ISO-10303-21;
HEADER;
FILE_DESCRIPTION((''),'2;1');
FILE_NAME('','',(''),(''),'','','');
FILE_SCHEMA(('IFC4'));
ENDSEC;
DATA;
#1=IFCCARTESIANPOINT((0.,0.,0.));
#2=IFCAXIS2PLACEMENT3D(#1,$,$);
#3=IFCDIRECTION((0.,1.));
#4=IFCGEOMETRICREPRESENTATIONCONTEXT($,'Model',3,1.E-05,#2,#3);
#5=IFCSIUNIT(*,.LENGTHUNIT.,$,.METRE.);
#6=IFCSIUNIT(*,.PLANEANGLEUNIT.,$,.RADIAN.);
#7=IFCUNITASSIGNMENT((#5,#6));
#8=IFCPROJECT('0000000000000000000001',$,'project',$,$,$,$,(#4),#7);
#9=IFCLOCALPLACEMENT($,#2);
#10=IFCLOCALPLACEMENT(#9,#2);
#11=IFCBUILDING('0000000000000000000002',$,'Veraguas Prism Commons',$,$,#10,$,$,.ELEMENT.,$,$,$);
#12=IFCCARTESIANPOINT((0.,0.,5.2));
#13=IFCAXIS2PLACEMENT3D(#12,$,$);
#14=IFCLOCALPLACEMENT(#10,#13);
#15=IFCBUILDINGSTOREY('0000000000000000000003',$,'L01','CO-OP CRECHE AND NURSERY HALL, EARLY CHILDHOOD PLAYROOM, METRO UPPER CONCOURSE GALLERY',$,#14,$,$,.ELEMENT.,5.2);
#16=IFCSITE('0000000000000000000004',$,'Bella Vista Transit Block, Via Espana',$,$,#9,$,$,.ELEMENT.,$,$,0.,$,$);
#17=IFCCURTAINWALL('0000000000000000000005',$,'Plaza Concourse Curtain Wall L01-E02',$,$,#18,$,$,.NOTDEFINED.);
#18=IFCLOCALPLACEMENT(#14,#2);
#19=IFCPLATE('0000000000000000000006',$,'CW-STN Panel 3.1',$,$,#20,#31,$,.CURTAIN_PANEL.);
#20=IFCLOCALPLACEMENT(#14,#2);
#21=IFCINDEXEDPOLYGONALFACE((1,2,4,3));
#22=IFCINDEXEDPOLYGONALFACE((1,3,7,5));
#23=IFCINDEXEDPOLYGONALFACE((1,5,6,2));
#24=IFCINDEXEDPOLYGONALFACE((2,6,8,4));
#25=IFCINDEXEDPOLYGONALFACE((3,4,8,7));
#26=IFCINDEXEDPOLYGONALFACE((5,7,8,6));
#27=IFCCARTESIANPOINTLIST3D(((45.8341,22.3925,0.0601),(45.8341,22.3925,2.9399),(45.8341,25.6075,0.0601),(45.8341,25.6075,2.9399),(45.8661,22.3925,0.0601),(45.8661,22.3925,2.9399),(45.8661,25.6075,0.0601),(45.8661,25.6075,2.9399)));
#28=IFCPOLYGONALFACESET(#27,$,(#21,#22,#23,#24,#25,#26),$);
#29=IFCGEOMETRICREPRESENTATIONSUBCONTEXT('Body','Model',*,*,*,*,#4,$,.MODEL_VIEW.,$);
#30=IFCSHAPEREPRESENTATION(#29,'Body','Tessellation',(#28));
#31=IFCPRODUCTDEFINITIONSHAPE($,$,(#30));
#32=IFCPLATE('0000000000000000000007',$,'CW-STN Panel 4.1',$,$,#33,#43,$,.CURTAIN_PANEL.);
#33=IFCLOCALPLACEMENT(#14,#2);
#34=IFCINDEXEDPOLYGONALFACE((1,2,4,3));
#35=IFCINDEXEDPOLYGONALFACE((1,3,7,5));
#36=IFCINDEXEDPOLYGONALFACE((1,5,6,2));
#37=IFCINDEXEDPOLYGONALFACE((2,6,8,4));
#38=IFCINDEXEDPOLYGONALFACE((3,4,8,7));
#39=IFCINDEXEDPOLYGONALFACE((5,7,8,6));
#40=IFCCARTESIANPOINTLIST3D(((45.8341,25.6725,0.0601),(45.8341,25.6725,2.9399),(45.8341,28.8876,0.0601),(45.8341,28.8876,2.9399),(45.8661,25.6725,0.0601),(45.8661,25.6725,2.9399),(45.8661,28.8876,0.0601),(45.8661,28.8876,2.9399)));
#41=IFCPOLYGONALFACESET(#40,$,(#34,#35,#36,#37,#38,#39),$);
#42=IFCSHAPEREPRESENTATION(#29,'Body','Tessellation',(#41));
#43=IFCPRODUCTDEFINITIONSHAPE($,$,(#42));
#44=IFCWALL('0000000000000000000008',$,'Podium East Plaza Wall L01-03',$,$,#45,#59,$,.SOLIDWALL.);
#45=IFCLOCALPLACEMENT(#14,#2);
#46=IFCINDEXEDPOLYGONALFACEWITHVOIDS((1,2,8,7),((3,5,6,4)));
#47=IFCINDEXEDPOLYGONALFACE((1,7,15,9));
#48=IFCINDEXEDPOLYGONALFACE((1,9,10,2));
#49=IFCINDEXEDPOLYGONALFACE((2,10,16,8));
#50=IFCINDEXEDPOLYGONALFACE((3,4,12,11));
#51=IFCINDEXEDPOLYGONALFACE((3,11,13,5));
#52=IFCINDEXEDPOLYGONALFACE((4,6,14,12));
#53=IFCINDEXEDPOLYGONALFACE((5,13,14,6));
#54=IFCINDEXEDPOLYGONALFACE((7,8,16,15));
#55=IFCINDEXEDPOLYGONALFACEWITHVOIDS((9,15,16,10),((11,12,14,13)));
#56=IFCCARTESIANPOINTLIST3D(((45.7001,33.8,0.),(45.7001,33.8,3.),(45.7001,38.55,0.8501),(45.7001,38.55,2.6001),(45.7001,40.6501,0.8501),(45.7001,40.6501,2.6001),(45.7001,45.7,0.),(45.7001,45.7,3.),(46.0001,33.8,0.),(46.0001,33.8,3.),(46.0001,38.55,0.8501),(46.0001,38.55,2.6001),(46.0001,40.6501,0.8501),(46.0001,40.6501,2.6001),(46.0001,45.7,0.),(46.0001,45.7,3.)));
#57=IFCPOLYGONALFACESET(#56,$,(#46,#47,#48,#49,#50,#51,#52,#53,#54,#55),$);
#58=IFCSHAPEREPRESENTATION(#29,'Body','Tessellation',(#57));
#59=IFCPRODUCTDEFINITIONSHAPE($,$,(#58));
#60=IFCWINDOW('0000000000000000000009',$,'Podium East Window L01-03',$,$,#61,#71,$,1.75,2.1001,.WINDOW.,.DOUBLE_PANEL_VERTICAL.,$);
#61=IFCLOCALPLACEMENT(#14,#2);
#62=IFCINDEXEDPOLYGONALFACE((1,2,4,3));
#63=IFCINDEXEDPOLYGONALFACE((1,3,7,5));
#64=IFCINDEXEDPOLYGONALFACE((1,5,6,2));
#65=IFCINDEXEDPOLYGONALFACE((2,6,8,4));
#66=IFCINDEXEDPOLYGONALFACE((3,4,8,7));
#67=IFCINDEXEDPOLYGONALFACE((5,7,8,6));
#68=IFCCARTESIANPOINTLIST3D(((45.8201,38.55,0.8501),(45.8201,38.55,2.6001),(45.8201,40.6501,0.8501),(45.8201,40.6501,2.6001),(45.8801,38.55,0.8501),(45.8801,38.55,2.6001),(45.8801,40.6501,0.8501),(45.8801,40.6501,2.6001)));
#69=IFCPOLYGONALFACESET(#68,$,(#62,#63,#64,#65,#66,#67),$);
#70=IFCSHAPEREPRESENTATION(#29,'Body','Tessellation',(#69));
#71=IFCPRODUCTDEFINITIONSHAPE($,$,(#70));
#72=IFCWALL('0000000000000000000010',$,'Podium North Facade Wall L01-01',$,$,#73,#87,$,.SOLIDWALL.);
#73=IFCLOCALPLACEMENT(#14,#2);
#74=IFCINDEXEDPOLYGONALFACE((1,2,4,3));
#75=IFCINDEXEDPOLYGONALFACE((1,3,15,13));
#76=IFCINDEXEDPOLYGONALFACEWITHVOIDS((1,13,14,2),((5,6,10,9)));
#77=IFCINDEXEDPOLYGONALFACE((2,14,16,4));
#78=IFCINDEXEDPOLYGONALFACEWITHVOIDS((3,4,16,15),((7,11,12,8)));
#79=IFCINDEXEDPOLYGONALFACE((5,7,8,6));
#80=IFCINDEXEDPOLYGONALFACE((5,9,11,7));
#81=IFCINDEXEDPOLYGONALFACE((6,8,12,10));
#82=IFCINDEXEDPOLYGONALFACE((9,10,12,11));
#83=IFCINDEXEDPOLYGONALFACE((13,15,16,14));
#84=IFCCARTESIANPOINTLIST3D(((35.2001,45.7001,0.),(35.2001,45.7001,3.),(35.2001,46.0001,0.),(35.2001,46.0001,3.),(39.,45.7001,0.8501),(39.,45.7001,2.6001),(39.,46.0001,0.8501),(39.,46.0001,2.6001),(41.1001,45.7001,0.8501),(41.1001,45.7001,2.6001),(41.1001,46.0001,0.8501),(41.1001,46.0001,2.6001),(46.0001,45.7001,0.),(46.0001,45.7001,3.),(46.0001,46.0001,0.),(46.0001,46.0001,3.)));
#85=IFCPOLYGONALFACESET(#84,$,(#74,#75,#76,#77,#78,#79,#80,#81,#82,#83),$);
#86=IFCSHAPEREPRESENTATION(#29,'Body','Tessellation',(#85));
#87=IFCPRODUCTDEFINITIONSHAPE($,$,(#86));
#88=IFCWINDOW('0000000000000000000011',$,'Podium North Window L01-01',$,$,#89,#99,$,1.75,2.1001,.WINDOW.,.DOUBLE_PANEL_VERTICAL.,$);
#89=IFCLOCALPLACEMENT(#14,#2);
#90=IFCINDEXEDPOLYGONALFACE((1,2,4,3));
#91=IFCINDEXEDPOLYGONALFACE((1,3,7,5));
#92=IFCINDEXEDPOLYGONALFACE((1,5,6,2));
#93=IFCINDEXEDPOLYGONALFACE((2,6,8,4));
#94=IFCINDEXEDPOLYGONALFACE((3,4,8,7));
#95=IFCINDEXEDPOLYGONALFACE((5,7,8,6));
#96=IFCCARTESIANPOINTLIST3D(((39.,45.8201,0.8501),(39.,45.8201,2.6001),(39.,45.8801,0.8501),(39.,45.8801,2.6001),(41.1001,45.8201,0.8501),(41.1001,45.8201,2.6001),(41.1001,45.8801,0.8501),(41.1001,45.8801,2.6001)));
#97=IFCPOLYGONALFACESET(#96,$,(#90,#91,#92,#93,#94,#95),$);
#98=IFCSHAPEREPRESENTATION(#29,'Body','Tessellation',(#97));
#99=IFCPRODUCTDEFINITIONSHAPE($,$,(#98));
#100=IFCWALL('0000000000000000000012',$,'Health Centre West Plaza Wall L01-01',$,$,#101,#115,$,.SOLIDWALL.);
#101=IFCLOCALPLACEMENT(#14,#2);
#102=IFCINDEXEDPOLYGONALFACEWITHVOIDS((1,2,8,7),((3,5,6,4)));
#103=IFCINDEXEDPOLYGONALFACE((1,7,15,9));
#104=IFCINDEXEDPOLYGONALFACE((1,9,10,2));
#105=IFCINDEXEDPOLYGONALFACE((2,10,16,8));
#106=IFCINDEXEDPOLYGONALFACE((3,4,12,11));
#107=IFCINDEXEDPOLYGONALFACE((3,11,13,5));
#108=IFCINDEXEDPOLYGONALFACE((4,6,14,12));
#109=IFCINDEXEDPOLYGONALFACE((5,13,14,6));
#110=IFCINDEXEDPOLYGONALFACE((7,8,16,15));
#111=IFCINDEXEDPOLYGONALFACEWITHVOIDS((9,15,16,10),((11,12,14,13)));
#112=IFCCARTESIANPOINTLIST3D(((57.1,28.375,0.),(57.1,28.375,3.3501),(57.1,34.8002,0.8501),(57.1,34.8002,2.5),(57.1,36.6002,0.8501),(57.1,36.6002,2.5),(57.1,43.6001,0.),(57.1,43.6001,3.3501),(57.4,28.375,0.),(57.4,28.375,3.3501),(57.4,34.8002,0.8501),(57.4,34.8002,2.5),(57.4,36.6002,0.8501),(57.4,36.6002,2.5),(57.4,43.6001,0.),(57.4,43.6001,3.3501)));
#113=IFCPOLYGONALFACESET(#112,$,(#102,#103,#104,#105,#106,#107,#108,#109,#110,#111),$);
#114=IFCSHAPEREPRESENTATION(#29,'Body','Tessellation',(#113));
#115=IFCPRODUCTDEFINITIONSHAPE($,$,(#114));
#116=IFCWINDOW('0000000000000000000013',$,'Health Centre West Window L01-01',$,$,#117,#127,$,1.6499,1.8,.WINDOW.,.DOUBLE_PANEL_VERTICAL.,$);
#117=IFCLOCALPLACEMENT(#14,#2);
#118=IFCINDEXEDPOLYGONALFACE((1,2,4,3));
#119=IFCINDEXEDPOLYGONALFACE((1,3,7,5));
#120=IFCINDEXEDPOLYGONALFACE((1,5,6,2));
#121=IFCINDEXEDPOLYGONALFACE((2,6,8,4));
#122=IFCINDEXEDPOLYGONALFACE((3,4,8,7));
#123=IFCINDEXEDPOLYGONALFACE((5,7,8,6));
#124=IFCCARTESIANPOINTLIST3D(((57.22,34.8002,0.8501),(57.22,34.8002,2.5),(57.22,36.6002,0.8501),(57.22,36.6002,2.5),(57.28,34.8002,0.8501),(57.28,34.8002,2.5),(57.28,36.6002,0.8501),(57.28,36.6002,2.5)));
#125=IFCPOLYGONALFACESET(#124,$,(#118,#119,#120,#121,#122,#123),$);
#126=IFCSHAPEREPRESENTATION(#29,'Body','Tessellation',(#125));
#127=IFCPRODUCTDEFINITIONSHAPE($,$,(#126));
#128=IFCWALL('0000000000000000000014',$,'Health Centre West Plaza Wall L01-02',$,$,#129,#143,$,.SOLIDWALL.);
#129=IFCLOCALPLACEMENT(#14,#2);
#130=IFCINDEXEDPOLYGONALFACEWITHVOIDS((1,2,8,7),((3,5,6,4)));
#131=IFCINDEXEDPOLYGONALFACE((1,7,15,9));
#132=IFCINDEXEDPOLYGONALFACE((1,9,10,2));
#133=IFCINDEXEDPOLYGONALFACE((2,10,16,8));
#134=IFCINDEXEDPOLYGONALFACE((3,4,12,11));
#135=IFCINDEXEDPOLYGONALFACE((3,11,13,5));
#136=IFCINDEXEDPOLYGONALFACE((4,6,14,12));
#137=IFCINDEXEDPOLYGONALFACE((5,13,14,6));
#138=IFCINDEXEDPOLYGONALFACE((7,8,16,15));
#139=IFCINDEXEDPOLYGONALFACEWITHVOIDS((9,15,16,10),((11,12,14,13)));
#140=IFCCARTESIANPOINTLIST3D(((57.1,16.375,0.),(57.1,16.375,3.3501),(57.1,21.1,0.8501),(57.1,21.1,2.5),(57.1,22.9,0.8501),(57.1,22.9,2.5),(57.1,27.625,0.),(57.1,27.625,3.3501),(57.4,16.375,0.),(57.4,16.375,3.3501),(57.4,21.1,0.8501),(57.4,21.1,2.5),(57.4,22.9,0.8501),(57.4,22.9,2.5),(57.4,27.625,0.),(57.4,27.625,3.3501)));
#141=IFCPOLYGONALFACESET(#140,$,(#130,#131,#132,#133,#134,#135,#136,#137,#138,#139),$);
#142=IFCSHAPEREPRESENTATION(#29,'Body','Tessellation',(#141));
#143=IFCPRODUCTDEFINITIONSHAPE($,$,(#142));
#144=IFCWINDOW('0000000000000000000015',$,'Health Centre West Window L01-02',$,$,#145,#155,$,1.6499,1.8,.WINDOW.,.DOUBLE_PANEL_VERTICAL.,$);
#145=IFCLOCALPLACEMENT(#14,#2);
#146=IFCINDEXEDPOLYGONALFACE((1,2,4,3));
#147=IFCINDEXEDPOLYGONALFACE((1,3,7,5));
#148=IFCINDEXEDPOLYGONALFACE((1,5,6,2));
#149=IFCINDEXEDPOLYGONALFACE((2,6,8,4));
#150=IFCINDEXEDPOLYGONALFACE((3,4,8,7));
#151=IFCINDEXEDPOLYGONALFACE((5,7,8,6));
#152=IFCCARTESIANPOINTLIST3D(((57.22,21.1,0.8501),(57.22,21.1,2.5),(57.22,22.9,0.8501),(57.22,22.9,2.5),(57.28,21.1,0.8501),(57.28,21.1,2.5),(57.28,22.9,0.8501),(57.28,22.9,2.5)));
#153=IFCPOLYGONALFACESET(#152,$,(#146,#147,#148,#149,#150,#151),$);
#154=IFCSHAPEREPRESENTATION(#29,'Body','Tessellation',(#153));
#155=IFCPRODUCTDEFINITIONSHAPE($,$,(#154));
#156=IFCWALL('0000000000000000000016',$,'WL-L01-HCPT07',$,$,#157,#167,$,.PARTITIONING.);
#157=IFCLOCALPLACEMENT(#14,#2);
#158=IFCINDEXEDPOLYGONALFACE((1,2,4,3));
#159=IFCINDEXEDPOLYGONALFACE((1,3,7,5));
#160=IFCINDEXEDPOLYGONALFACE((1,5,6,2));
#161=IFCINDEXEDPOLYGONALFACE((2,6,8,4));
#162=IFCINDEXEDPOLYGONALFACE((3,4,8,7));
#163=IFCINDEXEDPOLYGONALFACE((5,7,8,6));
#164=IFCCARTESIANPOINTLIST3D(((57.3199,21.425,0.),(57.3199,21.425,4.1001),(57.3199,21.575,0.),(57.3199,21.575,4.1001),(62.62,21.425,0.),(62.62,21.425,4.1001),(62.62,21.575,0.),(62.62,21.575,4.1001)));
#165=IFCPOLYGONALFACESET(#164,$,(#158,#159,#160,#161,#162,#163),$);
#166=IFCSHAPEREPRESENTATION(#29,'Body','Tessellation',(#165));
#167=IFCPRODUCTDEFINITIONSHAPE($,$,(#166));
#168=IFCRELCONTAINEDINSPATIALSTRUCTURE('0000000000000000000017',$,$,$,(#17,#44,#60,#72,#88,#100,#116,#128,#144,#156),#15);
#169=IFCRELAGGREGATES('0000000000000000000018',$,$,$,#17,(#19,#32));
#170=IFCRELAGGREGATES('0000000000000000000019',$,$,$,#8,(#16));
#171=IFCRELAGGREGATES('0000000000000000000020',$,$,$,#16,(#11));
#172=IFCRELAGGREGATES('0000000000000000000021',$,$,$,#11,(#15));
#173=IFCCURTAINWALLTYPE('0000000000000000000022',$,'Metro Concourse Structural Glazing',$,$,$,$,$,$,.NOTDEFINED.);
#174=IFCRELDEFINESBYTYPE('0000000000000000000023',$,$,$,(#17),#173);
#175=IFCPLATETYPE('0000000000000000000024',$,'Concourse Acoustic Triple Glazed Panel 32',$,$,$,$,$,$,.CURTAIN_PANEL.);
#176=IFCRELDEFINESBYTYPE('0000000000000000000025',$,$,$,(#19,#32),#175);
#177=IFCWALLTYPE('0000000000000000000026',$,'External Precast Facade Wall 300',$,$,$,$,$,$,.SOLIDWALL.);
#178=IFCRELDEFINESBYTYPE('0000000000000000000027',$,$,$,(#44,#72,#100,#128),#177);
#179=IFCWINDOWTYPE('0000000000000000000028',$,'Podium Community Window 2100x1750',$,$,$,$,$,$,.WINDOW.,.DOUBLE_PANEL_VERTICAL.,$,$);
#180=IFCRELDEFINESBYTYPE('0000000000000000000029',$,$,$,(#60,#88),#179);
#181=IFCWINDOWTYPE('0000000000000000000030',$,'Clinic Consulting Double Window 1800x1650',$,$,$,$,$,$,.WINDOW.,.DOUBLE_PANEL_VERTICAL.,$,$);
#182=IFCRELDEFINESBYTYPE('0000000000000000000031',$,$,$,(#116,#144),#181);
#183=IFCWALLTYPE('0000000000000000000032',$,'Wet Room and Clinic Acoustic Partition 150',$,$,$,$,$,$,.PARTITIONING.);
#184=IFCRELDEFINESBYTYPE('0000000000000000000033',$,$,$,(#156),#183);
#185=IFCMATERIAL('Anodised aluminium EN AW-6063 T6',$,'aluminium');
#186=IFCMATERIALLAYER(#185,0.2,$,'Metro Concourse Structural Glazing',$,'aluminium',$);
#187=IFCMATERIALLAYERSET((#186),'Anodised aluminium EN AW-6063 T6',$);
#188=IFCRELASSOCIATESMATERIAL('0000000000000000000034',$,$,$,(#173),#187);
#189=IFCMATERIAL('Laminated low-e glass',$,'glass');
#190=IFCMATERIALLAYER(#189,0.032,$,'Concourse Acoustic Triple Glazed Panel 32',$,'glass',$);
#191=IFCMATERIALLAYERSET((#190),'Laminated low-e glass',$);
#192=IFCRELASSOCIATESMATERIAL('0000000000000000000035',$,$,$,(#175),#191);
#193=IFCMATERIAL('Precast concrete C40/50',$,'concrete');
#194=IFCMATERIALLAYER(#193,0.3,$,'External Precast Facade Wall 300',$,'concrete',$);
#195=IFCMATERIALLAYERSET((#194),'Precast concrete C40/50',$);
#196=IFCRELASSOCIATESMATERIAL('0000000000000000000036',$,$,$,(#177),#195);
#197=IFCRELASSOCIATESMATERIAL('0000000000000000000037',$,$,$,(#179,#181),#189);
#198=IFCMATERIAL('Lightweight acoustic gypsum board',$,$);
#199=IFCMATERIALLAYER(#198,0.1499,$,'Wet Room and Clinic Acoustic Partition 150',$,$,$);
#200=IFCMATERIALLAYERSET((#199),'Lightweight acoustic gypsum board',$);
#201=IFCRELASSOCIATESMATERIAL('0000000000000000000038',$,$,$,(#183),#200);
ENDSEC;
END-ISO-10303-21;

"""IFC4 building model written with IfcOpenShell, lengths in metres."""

from ifc_helpers import new_model, si_unit, direction, frame, frame_2d, origin, origin_2d, place, context, subcontext, project, spatial, rectangle, extrude, source, transform, mapped, material, layer, layer_set, type_object, element, fill, aggregate, save


model = new_model("IFC4")

# Units and contexts
model_context = context("Model", 3, precision=1e-05, world=origin(), true_north=direction((0.0, 1.0)))
body_context = subcontext(model_context, "Body", "Model", "MODEL_VIEW")
ifc_project = project(units=[si_unit("LENGTHUNIT", "METRE"), si_unit("PLANEANGLEUNIT", "RADIAN")], contexts=[model_context])

# Site, building, storey
site_placement = place(None, origin())
site = spatial("IfcSite", under=ifc_project, at=site_placement, Name="Bella Vista Transit Block, Via Espana", CompositionType="ELEMENT", RefElevation=0.0)
building_placement = place(site_placement, origin())
building = spatial("IfcBuilding", under=site, at=building_placement, Name="Veraguas Prism Commons", CompositionType="ELEMENT")
storey_placement = place(building_placement, frame((0.0, 0.0, 5.2)))
storey = spatial("IfcBuildingStorey", under=building, at=storey_placement, Name="L01", Description="CO-OP CRECHE AND NURSERY HALL, EARLY CHILDHOOD PLAYROOM, METRO UPPER CONCOURSE GALLERY", CompositionType="ELEMENT", Elevation=5.2)

# Curtain wall, plates
ifc_material_1 = material(Name="Anodised aluminium EN AW-6063 T6", Category="aluminium")
ifc_layer_1 = layer(ifc_material_1, 0.2, Name="Metro Concourse Structural Glazing", Category="aluminium")
ifc_layer_set_1 = layer_set([ifc_layer_1], Name="Anodised aluminium EN AW-6063 T6")
curtain_wall_type = type_object("IfcCurtainWallType", Name="Metro Concourse Structural Glazing", PredefinedType="NOTDEFINED", material=ifc_layer_set_1)
curtain_wall_placement = place(storey_placement, origin())
curtain_wall = element("IfcCurtainWall", 1, at=curtain_wall_placement, inside=storey, type_object=curtain_wall_type, Name="Plaza Concourse Curtain Wall L01-E02", PredefinedType="NOTDEFINED")
ifc_material_2 = material(Name="Laminated low-e glass", Category="glass")
ifc_layer_2 = layer(ifc_material_2, 0.032, Name="Concourse Acoustic Triple Glazed Panel 32", Category="glass")
ifc_layer_set_2 = layer_set([ifc_layer_2], Name="Laminated low-e glass")
plate_type = type_object("IfcPlateType", Name="Concourse Acoustic Triple Glazed Panel 32", PredefinedType="CURTAIN_PANEL", material=ifc_layer_set_2)
shared_shape_1 = source(origin(), body_context, "Body", "SweptSolid", [
    extrude(rectangle(XDim=3.2151, YDim=0.032, at=origin_2d()), origin(), (0.0, 0.0, 1.0), 2.8799),
])
plate_1_placement = place(storey_placement, frame((45.8501, 24.0, 0.0601), z_axis=(0.0, 0.0, 1.0), x_axis=(0.0, 1.0, 0.0)))
plate_1 = element("IfcPlate", 2, at=plate_1_placement, type_object=plate_type, Name="CW-STN Panel 3.1", PredefinedType="CURTAIN_PANEL", context=body_context, shape_type="MappedRepresentation", body=[
    mapped(shared_shape_1, transform((0.0, 0.0, 0.0), scale=1.0)),
])
plate_2_placement = place(storey_placement, frame((45.8501, 27.28, 0.0601), z_axis=(0.0, 0.0, 1.0), x_axis=(0.0, 1.0, 0.0)))
plate_2 = element("IfcPlate", 3, at=plate_2_placement, type_object=plate_type, Name="CW-STN Panel 4.1", PredefinedType="CURTAIN_PANEL", context=body_context, shape_type="MappedRepresentation", body=[
    mapped(shared_shape_1, transform((0.0, 0.0, 0.0), scale=1.0)),
])
aggregate(curtain_wall, [plate_1, plate_2])

# Walls, openings, windows
ifc_material_3 = material(Name="Precast concrete C40/50", Category="concrete")
ifc_layer_3 = layer(ifc_material_3, 0.3, Name="External Precast Facade Wall 300", Category="concrete")
ifc_layer_set_3 = layer_set([ifc_layer_3], Name="Precast concrete C40/50")
wall_type_1 = type_object("IfcWallType", Name="External Precast Facade Wall 300", PredefinedType="SOLIDWALL", material=ifc_layer_set_3)
wall_1_placement = place(storey_placement, frame((45.8501, 33.8, 0.0), z_axis=(0.0, 0.0, 1.0), x_axis=(0.0, 1.0, 0.0)))
wall_1 = element("IfcWall", 4, at=wall_1_placement, inside=storey, type_object=wall_type_1, Name="Podium East Plaza Wall L01-03", PredefinedType="SOLIDWALL", context=body_context, shape_type="SweptSolid", body=[
    extrude(rectangle(XDim=11.8999, YDim=0.3, at=frame_2d((5.95, 0.0))), origin(), (0.0, 0.0, 1.0), 3.0),
])
opening_1_placement = place(wall_1_placement, frame((4.75, 0.0, 0.8501)))
opening_1 = element("IfcOpeningElement", 5, at=opening_1_placement, cuts=wall_1, PredefinedType="OPENING", context=body_context, shape_type="SweptSolid", body=[
    extrude(rectangle(XDim=2.1001, YDim=1.75, at=frame_2d((1.05, 0.875))), frame((0.0, 0.1599, 0.0), z_axis=(0.0, -1.0, 0.0), x_axis=(1.0, 0.0, 0.0)), (0.0, 0.0, 1.0), 0.3201),
])
window_type_1 = type_object("IfcWindowType", Name="Podium Community Window 2100x1750", PartitioningType="DOUBLE_PANEL_VERTICAL", PredefinedType="WINDOW", material=ifc_material_2)
shared_shape_2 = source(origin(), body_context, "Body", "SweptSolid", [
    extrude(rectangle(XDim=2.1001, YDim=1.75, at=frame_2d((1.05, 0.875))), frame((0.0, 0.03, 0.0), z_axis=(0.0, -1.0, 0.0), x_axis=(1.0, 0.0, 0.0)), (0.0, 0.0, 1.0), 0.0601),
])
window_1_placement = place(opening_1_placement, origin())
window_1 = element("IfcWindow", 6, at=window_1_placement, inside=storey, type_object=window_type_1, Name="Podium East Window L01-03", OverallHeight=1.75, OverallWidth=2.1001, PartitioningType="DOUBLE_PANEL_VERTICAL", PredefinedType="WINDOW", context=body_context, shape_type="MappedRepresentation", body=[
    mapped(shared_shape_2, transform((0.0, 0.0, 0.0), scale=1.0)),
])
fill(opening_1, window_1)
wall_2_placement = place(storey_placement, frame((46.0, 45.8501, 0.0), z_axis=(0.0, 0.0, 1.0), x_axis=(-1.0, 0.0, 0.0)))
wall_2 = element("IfcWall", 7, at=wall_2_placement, inside=storey, type_object=wall_type_1, Name="Podium North Facade Wall L01-01", PredefinedType="SOLIDWALL", context=body_context, shape_type="SweptSolid", body=[
    extrude(rectangle(XDim=10.8, YDim=0.3, at=frame_2d((5.3999, 0.0))), origin(), (0.0, 0.0, 1.0), 3.0),
])
opening_2_placement = place(wall_2_placement, frame((4.8999, 0.0, 0.8501)))
opening_2 = element("IfcOpeningElement", 8, at=opening_2_placement, cuts=wall_2, PredefinedType="OPENING", context=body_context, shape_type="SweptSolid", body=[
    extrude(rectangle(XDim=2.1001, YDim=1.75, at=frame_2d((1.05, 0.875))), frame((0.0, 0.1599, 0.0), z_axis=(0.0, -1.0, 0.0), x_axis=(1.0, 0.0, 0.0)), (0.0, 0.0, 1.0), 0.3201),
])
window_2_placement = place(opening_2_placement, origin())
window_2 = element("IfcWindow", 9, at=window_2_placement, inside=storey, type_object=window_type_1, Name="Podium North Window L01-01", OverallHeight=1.75, OverallWidth=2.1001, PartitioningType="DOUBLE_PANEL_VERTICAL", PredefinedType="WINDOW", context=body_context, shape_type="MappedRepresentation", body=[
    mapped(shared_shape_2, transform((0.0, 0.0, 0.0), scale=1.0)),
])
fill(opening_2, window_2)
wall_3_placement = place(storey_placement, frame((57.25, 43.6001, 0.0), z_axis=(0.0, 0.0, 1.0), x_axis=(0.0, -1.0, 0.0)))
wall_3 = element("IfcWall", 10, at=wall_3_placement, inside=storey, type_object=wall_type_1, Name="Health Centre West Plaza Wall L01-01", PredefinedType="SOLIDWALL", context=body_context, shape_type="SweptSolid", body=[
    extrude(rectangle(XDim=15.2251, YDim=0.3, at=frame_2d((7.6125, 0.0))), origin(), (0.0, 0.0, 1.0), 3.3501),
])
opening_3_placement = place(wall_3_placement, frame((7.0, 0.0, 0.8501)))
opening_3 = element("IfcOpeningElement", 11, at=opening_3_placement, cuts=wall_3, PredefinedType="OPENING", context=body_context, shape_type="SweptSolid", body=[
    extrude(rectangle(XDim=1.8, YDim=1.6499, at=frame_2d((0.8999, 0.825))), frame((0.0, 0.1599, 0.0), z_axis=(0.0, -1.0, 0.0), x_axis=(1.0, 0.0, 0.0)), (0.0, 0.0, 1.0), 0.3201),
])
window_type_2 = type_object("IfcWindowType", Name="Clinic Consulting Double Window 1800x1650", PartitioningType="DOUBLE_PANEL_VERTICAL", PredefinedType="WINDOW", material=ifc_material_2)
shared_shape_3 = source(origin(), body_context, "Body", "SweptSolid", [
    extrude(rectangle(XDim=1.8, YDim=1.6499, at=frame_2d((0.8999, 0.825))), frame((0.0, 0.03, 0.0), z_axis=(0.0, -1.0, 0.0), x_axis=(1.0, 0.0, 0.0)), (0.0, 0.0, 1.0), 0.0601),
])
window_3_placement = place(opening_3_placement, origin())
window_3 = element("IfcWindow", 12, at=window_3_placement, inside=storey, type_object=window_type_2, Name="Health Centre West Window L01-01", OverallHeight=1.6499, OverallWidth=1.8, PartitioningType="DOUBLE_PANEL_VERTICAL", PredefinedType="WINDOW", context=body_context, shape_type="MappedRepresentation", body=[
    mapped(shared_shape_3, transform((0.0, 0.0, 0.0), scale=1.0)),
])
fill(opening_3, window_3)
wall_4_placement = place(storey_placement, frame((57.25, 27.625, 0.0), z_axis=(0.0, 0.0, 1.0), x_axis=(0.0, -1.0, 0.0)))
wall_4 = element("IfcWall", 13, at=wall_4_placement, inside=storey, type_object=wall_type_1, Name="Health Centre West Plaza Wall L01-02", PredefinedType="SOLIDWALL", context=body_context, shape_type="SweptSolid", body=[
    extrude(rectangle(XDim=11.25, YDim=0.3, at=frame_2d((5.625, 0.0))), origin(), (0.0, 0.0, 1.0), 3.3501),
])
opening_4_placement = place(wall_4_placement, frame((4.7251, 0.0, 0.8501)))
opening_4 = element("IfcOpeningElement", 14, at=opening_4_placement, cuts=wall_4, PredefinedType="OPENING", context=body_context, shape_type="SweptSolid", body=[
    extrude(rectangle(XDim=1.8, YDim=1.6499, at=frame_2d((0.8999, 0.825))), frame((0.0, 0.1599, 0.0), z_axis=(0.0, -1.0, 0.0), x_axis=(1.0, 0.0, 0.0)), (0.0, 0.0, 1.0), 0.3201),
])
window_4_placement = place(opening_4_placement, origin())
window_4 = element("IfcWindow", 15, at=window_4_placement, inside=storey, type_object=window_type_2, Name="Health Centre West Window L01-02", OverallHeight=1.6499, OverallWidth=1.8, PartitioningType="DOUBLE_PANEL_VERTICAL", PredefinedType="WINDOW", context=body_context, shape_type="MappedRepresentation", body=[
    mapped(shared_shape_3, transform((0.0, 0.0, 0.0), scale=1.0)),
])
fill(opening_4, window_4)

# Wall
ifc_material_4 = material(Name="Lightweight acoustic gypsum board")
ifc_layer_4 = layer(ifc_material_4, 0.1499, Name="Wet Room and Clinic Acoustic Partition 150")
ifc_layer_set_4 = layer_set([ifc_layer_4], Name="Lightweight acoustic gypsum board")
wall_type_2 = type_object("IfcWallType", Name="Wet Room and Clinic Acoustic Partition 150", PredefinedType="PARTITIONING", material=ifc_layer_set_4)
wall_5_placement = place(storey_placement, frame((57.3201, 21.5, 0.0), z_axis=(0.0, 0.0, 1.0), x_axis=(1.0, 0.0, 0.0)))
element("IfcWall", 16, at=wall_5_placement, inside=storey, type_object=wall_type_2, Name="WL-L01-HCPT07", PredefinedType="PARTITIONING", context=body_context, shape_type="SweptSolid", body=[
    extrude(rectangle(XDim=5.3, YDim=0.1499, at=frame_2d((2.6499, 0.0))), origin(), (0.0, 0.0, 1.0), 4.1001),
])

save(model, "model.ifc")
